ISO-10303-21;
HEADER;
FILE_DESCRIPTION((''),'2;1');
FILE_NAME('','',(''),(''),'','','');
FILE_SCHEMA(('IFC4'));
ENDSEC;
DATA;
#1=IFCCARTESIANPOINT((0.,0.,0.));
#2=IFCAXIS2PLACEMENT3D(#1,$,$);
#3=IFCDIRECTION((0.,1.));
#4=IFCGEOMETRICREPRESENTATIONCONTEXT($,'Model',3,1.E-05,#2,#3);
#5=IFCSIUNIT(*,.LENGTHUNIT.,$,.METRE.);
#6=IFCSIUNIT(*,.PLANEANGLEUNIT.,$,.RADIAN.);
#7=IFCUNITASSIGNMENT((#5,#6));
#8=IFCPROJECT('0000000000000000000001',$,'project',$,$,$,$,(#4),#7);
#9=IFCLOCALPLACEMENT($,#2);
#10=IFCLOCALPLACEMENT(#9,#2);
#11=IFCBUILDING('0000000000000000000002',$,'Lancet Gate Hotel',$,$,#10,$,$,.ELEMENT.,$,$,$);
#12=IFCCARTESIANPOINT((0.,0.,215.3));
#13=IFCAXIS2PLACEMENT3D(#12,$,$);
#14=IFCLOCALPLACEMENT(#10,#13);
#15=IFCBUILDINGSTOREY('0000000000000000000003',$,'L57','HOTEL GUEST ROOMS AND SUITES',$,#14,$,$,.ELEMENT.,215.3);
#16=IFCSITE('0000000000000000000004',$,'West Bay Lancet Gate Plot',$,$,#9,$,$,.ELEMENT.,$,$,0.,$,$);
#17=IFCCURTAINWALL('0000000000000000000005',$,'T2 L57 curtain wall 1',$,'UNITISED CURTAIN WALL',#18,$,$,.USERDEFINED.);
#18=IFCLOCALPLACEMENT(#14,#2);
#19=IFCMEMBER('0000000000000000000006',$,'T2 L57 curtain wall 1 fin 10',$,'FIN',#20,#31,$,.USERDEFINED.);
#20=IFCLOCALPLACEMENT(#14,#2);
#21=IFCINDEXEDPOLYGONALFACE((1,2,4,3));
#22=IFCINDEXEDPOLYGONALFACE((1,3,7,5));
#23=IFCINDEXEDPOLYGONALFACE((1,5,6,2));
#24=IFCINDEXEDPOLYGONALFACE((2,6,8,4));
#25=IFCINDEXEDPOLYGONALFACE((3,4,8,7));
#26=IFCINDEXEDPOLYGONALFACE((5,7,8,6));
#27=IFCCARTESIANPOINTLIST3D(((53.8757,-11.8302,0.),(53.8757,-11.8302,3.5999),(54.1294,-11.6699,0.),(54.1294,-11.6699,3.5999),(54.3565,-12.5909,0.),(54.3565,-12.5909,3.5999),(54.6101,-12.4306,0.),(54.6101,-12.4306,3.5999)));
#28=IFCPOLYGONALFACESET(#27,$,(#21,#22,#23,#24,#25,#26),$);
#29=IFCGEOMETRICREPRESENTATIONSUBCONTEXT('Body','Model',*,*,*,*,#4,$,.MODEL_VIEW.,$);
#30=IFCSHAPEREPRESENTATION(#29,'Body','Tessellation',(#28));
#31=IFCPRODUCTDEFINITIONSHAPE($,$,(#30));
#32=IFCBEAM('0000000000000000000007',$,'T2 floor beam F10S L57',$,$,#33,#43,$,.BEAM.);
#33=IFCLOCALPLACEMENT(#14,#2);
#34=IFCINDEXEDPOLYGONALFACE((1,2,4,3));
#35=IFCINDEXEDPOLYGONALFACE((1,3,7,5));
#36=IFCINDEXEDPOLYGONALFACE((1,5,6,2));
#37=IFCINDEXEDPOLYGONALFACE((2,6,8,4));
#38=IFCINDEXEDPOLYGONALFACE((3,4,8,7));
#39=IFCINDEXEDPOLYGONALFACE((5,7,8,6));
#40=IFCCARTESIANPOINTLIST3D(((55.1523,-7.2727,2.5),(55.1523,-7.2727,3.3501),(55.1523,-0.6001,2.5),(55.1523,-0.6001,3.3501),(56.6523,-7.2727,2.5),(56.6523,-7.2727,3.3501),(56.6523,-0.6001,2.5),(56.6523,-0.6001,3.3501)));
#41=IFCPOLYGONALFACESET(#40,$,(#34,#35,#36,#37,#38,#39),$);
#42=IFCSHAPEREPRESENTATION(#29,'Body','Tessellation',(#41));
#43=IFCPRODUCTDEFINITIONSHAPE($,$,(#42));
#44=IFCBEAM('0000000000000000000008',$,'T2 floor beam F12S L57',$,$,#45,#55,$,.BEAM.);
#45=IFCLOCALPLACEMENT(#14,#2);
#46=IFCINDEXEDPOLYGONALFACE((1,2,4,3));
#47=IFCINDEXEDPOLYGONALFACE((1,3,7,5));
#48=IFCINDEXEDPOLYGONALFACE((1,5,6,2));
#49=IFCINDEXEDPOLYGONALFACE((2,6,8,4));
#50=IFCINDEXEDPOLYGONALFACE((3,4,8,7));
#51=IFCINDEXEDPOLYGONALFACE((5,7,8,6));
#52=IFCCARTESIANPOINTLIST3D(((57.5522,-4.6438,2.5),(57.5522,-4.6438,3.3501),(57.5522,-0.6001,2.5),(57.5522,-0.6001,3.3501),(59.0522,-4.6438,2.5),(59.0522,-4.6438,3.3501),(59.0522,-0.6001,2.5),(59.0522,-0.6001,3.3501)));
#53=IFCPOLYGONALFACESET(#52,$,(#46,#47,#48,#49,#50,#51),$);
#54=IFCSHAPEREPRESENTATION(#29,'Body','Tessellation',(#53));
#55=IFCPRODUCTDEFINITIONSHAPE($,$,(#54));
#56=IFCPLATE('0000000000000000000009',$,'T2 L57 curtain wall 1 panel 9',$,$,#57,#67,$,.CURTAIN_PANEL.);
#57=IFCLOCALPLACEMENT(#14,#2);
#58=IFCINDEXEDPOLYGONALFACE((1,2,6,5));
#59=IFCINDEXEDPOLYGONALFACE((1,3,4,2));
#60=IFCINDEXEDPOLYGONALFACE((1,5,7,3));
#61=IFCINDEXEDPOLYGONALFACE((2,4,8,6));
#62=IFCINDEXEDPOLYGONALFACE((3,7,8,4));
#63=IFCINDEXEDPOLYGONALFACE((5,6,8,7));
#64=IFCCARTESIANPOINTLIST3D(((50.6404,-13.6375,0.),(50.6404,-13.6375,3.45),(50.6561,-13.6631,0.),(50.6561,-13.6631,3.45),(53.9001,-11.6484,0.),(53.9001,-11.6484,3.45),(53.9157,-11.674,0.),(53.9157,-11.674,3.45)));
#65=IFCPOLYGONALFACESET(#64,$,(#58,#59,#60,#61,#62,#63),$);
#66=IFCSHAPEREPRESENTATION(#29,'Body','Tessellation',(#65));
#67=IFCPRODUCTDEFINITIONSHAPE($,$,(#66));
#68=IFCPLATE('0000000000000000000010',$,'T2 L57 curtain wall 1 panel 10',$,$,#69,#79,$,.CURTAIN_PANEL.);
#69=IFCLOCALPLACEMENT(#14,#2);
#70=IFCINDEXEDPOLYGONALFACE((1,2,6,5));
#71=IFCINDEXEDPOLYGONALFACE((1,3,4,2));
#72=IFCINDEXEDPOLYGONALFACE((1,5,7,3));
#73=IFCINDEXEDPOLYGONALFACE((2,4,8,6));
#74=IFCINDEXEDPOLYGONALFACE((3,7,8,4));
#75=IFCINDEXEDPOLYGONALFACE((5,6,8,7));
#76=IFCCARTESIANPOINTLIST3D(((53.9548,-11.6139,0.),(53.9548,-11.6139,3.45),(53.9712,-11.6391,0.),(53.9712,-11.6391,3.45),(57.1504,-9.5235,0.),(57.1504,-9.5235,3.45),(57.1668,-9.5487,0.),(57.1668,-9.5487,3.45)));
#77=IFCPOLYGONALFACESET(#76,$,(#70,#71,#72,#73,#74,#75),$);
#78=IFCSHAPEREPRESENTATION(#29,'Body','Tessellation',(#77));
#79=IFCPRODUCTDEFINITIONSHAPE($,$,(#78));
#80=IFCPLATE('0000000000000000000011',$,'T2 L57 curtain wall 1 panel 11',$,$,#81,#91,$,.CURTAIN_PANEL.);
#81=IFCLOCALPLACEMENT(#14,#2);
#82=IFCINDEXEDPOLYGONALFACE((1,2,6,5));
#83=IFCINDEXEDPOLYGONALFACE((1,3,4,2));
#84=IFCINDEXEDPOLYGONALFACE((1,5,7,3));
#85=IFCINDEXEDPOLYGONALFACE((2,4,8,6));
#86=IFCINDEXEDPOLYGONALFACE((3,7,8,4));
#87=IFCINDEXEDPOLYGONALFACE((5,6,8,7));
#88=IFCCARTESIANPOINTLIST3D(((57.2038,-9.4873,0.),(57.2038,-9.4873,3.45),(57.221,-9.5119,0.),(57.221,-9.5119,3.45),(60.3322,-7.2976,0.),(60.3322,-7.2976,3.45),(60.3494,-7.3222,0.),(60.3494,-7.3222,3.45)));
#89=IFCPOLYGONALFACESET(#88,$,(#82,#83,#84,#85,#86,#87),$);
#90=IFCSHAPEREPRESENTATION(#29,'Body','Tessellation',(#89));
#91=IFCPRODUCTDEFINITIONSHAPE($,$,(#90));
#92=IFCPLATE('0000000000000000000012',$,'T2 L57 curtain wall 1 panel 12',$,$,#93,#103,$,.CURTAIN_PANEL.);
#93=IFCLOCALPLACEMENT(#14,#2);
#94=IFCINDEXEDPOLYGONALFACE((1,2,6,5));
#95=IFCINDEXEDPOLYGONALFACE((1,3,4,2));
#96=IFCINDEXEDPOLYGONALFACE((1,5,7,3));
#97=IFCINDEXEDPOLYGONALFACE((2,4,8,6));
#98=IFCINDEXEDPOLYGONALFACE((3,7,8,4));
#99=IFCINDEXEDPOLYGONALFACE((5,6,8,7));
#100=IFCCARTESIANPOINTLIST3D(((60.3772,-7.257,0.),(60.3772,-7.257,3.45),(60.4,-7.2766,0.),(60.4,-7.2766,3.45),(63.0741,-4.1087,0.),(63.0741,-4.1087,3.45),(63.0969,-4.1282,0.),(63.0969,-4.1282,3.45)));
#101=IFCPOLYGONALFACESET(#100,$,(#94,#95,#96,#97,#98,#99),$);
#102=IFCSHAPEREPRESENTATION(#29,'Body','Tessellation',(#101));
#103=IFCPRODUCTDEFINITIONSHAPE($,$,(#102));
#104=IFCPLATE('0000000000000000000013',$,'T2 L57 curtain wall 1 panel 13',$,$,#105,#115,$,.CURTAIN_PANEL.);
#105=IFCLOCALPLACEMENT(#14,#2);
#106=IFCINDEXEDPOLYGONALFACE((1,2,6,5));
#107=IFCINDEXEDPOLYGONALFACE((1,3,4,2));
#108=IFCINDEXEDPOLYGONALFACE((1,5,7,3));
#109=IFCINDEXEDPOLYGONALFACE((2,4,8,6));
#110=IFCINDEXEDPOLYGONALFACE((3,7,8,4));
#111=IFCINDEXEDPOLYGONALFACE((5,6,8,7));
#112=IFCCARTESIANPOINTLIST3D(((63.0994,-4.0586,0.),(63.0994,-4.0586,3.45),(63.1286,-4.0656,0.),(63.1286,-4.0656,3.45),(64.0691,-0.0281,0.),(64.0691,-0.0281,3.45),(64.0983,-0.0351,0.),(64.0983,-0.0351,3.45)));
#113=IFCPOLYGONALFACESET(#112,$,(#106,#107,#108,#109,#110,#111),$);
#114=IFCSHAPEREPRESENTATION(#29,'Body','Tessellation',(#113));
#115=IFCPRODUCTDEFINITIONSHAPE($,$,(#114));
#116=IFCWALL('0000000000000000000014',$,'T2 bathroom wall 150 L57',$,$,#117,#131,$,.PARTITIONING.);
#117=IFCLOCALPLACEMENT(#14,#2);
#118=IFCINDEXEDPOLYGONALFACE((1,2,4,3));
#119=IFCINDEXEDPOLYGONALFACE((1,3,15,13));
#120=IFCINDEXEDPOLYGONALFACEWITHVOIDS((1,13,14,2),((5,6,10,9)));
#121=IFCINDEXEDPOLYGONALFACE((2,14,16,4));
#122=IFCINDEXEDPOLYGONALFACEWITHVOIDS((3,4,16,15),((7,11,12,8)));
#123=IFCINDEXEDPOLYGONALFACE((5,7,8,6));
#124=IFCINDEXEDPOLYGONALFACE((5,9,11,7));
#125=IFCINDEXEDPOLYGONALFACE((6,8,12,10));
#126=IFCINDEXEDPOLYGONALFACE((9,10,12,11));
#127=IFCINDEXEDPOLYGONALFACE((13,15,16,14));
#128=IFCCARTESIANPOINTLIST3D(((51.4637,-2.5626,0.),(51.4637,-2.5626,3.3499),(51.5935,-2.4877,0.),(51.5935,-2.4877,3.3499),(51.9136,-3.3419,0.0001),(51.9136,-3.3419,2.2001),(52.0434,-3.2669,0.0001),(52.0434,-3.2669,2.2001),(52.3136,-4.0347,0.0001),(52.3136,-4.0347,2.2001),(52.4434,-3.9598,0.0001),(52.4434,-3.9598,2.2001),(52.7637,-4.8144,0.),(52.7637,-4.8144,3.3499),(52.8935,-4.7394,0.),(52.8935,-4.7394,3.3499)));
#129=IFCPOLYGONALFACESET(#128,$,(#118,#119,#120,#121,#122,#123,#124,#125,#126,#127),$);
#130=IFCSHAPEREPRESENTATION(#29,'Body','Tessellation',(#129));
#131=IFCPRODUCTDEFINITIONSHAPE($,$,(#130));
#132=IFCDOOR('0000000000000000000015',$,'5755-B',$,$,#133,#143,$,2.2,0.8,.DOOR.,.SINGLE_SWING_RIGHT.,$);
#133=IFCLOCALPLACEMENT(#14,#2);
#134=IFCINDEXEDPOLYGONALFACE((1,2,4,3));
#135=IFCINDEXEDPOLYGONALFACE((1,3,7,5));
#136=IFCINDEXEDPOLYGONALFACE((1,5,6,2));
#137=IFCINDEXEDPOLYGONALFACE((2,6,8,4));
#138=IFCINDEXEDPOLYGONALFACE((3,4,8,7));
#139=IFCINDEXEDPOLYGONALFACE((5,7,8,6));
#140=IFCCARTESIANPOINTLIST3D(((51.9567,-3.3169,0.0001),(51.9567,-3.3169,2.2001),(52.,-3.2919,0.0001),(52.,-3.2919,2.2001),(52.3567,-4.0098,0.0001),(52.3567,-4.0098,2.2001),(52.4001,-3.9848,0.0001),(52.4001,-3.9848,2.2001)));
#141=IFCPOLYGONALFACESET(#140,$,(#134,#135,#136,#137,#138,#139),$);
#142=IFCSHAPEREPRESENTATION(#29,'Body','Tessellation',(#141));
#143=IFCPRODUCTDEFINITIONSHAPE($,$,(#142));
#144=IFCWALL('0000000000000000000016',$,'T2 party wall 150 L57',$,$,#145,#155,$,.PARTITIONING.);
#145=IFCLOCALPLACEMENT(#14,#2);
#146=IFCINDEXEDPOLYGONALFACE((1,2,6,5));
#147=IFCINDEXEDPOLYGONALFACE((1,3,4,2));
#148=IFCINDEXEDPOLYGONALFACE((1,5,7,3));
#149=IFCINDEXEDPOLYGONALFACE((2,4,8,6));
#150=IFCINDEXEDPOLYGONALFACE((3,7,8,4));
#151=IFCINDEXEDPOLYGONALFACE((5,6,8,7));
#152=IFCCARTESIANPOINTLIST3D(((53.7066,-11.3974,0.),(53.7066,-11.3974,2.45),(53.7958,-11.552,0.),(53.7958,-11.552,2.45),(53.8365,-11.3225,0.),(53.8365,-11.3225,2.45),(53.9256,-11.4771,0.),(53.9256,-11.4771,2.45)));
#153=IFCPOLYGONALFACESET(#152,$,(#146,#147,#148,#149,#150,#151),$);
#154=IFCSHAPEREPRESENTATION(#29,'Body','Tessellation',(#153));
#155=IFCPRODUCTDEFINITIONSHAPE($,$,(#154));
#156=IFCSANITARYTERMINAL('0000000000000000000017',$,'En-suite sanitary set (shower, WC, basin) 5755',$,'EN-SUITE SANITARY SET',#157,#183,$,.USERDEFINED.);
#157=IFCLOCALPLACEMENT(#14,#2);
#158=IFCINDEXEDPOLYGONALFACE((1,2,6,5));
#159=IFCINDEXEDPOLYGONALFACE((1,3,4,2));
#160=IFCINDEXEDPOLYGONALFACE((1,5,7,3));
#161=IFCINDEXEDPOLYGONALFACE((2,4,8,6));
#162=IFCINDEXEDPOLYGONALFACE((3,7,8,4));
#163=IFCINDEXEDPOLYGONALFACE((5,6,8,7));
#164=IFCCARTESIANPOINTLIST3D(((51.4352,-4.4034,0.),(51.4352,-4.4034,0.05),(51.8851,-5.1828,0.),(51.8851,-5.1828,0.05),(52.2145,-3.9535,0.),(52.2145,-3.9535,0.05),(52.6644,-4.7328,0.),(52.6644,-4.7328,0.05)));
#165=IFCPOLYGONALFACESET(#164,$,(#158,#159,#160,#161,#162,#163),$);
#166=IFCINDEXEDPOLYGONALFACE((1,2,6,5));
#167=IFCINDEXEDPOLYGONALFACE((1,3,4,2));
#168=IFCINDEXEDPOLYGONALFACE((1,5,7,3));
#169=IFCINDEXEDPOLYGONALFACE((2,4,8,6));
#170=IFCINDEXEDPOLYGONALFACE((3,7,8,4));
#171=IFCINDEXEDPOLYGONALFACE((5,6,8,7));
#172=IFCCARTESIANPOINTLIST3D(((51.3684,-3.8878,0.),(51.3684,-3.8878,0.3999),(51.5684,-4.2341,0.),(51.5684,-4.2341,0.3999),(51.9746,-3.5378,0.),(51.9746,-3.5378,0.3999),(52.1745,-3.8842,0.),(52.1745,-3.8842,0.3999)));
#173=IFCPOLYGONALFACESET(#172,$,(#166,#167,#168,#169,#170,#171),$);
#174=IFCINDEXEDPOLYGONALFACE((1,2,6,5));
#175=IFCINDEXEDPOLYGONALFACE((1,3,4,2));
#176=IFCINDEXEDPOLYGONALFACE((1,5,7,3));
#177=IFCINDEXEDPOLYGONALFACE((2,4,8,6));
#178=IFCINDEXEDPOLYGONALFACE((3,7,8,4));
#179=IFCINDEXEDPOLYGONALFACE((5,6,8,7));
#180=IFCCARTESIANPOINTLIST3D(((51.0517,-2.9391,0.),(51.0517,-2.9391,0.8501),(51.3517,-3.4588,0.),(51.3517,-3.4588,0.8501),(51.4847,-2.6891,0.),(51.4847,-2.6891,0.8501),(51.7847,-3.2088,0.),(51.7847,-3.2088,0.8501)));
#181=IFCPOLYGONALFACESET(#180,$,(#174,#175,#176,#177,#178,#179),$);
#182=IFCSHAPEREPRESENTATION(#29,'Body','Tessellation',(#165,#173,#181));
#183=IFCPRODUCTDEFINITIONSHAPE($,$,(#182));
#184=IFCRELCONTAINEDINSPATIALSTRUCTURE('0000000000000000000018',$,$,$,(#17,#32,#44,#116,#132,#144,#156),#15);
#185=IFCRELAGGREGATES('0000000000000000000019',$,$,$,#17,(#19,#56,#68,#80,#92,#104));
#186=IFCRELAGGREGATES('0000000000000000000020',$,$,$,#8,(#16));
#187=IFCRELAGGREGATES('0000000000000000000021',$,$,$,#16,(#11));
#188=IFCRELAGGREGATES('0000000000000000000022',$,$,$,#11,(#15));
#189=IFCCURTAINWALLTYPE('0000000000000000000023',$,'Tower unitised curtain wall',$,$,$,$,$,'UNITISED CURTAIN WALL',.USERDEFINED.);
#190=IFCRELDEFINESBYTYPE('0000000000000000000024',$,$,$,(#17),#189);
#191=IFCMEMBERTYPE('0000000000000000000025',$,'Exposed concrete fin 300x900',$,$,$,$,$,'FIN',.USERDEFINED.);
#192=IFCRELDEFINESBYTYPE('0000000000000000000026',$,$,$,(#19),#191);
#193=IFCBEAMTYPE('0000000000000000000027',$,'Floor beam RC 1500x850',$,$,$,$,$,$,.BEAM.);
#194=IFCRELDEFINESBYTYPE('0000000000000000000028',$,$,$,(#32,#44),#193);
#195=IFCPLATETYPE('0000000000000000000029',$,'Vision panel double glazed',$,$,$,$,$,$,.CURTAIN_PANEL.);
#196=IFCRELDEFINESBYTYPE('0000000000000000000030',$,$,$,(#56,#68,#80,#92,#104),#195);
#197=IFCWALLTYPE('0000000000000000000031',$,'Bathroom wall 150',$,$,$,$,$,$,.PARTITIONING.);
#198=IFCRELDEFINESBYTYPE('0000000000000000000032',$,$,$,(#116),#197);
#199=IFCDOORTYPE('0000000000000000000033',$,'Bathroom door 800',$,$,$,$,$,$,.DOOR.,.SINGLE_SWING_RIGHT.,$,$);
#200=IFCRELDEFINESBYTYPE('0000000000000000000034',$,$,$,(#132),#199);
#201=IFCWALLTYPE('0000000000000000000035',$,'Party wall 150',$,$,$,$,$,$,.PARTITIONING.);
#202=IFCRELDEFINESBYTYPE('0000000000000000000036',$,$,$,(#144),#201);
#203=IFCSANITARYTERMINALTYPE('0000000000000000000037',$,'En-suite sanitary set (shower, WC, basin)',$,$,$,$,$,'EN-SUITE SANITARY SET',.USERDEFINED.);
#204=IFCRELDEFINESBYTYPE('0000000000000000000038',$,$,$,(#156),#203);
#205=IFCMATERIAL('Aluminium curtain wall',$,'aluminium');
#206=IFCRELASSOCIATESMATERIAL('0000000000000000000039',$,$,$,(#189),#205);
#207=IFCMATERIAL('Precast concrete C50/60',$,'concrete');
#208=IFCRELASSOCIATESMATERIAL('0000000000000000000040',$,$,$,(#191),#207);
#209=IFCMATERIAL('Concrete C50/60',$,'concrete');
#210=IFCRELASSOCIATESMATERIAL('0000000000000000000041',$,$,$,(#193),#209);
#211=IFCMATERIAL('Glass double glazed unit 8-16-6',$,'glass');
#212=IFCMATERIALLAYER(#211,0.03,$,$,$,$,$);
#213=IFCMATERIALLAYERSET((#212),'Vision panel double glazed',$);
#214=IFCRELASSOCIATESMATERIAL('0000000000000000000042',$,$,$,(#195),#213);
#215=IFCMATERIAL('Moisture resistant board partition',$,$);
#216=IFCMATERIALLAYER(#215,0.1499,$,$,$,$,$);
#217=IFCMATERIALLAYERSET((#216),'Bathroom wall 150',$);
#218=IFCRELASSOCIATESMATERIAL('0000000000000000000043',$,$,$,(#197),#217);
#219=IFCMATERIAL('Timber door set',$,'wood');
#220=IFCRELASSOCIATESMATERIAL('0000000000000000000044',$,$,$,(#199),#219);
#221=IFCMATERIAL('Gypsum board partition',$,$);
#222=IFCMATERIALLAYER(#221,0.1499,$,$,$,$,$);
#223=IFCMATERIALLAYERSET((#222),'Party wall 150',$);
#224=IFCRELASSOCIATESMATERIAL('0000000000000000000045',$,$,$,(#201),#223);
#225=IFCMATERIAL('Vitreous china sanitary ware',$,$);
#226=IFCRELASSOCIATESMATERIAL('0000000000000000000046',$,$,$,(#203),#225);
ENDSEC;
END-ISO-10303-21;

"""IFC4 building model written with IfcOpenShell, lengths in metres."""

from ifc_helpers import new_model, si_unit, direction, frame, frame_2d, origin, origin_2d, place, context, subcontext, project, spatial, rectangle, extrude, material, layer, layer_set, material_profile, profile_set, type_object, element, fill, aggregate, save


model = new_model("IFC4")

# Units and contexts
model_context = context("Model", 3, precision=1e-05, world=origin(), true_north=direction((0.0, 1.0)))
body_context = subcontext(model_context, "Body", "Model", "MODEL_VIEW")
ifc_project = project(units=[si_unit("LENGTHUNIT", "METRE"), si_unit("PLANEANGLEUNIT", "RADIAN")], contexts=[model_context])

# Site, building, storey
site_placement = place(None, origin())
site = spatial("IfcSite", under=ifc_project, at=site_placement, Name="West Bay Lancet Gate Plot", CompositionType="ELEMENT", RefElevation=0.0)
building_placement = place(site_placement, origin())
building = spatial("IfcBuilding", under=site, at=building_placement, Name="Lancet Gate Hotel", CompositionType="ELEMENT")
storey_placement = place(building_placement, frame((0.0, 0.0, 215.3)))
storey = spatial("IfcBuildingStorey", under=building, at=storey_placement, Name="L57", Description="HOTEL GUEST ROOMS AND SUITES", CompositionType="ELEMENT", Elevation=215.3)

# Curtain wall
ifc_material_1 = material(Name="Aluminium curtain wall", Category="aluminium")
curtain_wall_type = type_object("IfcCurtainWallType", Name="Tower unitised curtain wall", ElementType="UNITISED CURTAIN WALL", PredefinedType="USERDEFINED", material=ifc_material_1)
curtain_wall_placement = place(storey_placement, origin())
curtain_wall = element("IfcCurtainWall", 1, at=curtain_wall_placement, inside=storey, type_object=curtain_wall_type, Name="T2 L57 curtain wall 1", ObjectType="UNITISED CURTAIN WALL", PredefinedType="USERDEFINED")

# Member
ifc_material_2 = material(Name="Precast concrete C50/60", Category="concrete")
ifc_material_profile_1 = material_profile(ifc_material_2, rectangle(XDim=0.3, YDim=0.8999, at=origin_2d()), Name="FIN 300x900")
ifc_profile_set_1 = profile_set([ifc_material_profile_1], Name="Precast concrete C50/60")
member_type_1 = type_object("IfcMemberType", Name="Exposed concrete fin 300x900", ElementType="FIN", PredefinedType="USERDEFINED", material=ifc_profile_set_1)
member_1_placement = place(storey_placement, frame((54.2429, -12.1304, 0.0), z_axis=(0.0, 0.0, 1.0), x_axis=(0.84534, 0.534229, 0.0)))
member_1 = element("IfcMember", 2, at=member_1_placement, type_object=member_type_1, Name="T2 L57 curtain wall 1 fin 10", ObjectType="FIN", PredefinedType="USERDEFINED", context=body_context, shape_type="SweptSolid", body=[
    extrude(rectangle(XDim=0.3, YDim=0.8999, at=origin_2d()), origin(), (0.0, 0.0, 1.0), 3.5999),
])

# Beams
ifc_material_3 = material(Name="Concrete C50/60", Category="concrete")
ifc_material_profile_2 = material_profile(ifc_material_3, rectangle(XDim=1.5, YDim=0.8501, at=origin_2d()), Name="RC 1500x850")
ifc_profile_set_2 = profile_set([ifc_material_profile_2], Name="Concrete C50/60")
beam_type_1 = type_object("IfcBeamType", Name="Floor beam RC 1500x850", PredefinedType="BEAM", material=ifc_profile_set_2)
beam_1_placement = place(storey_placement, frame((55.9023, -7.2727, 2.925), z_axis=(0.0, 1.0, 0.0), x_axis=(-1.0, 0.0, 0.0)))
element("IfcBeam", 3, at=beam_1_placement, inside=storey, type_object=beam_type_1, Name="T2 floor beam F10S L57", PredefinedType="BEAM", context=body_context, shape_type="SweptSolid", body=[
    extrude(rectangle(XDim=1.5, YDim=0.8501, at=origin_2d()), origin(), (0.0, 0.0, 1.0), 6.6726),
])
beam_2_placement = place(storey_placement, frame((58.3022, -4.6438, 2.925), z_axis=(0.0, 1.0, 0.0), x_axis=(-1.0, 0.0, 0.0)))
element("IfcBeam", 4, at=beam_2_placement, inside=storey, type_object=beam_type_1, Name="T2 floor beam F12S L57", PredefinedType="BEAM", context=body_context, shape_type="SweptSolid", body=[
    extrude(rectangle(XDim=1.5, YDim=0.8501, at=origin_2d()), origin(), (0.0, 0.0, 1.0), 4.0437),
])

# Plates
ifc_material_4 = material(Name="Glass double glazed unit 8-16-6", Category="glass")
ifc_layer_1 = layer(ifc_material_4, 0.03)
ifc_layer_set_1 = layer_set([ifc_layer_1], Name="Vision panel double glazed")
plate_type = type_object("IfcPlateType", Name="Vision panel double glazed", PredefinedType="CURTAIN_PANEL", material=ifc_layer_set_1)
plate_1_placement = place(storey_placement, frame((52.2781, -12.6558, 0.0), z_axis=(0.0, 0.0, 1.0), x_axis=(0.853621, 0.520895, 0.0)))
plate_1 = element("IfcPlate", 5, at=plate_1_placement, type_object=plate_type, Name="T2 L57 curtain wall 1 panel 9", PredefinedType="CURTAIN_PANEL", context=body_context, shape_type="SweptSolid", body=[
    extrude(rectangle(XDim=3.8186, YDim=0.03, at=origin_2d()), origin(), (0.0, 0.0, 1.0), 3.45),
])
plate_2_placement = place(storey_placement, frame((55.5608, -10.5813, 0.0), z_axis=(0.0, 0.0, 1.0), x_axis=(0.83685, 0.547432, 0.0)))
plate_2 = element("IfcPlate", 6, at=plate_2_placement, type_object=plate_type, Name="T2 L57 curtain wall 1 panel 10", PredefinedType="CURTAIN_PANEL", context=body_context, shape_type="SweptSolid", body=[
    extrude(rectangle(XDim=3.8186, YDim=0.03, at=origin_2d()), origin(), (0.0, 0.0, 1.0), 3.45),
])
plate_3_placement = place(storey_placement, frame((58.7766, -8.4048, 0.0), z_axis=(0.0, 0.0, 1.0), x_axis=(0.819255, 0.573429, 0.0)))
plate_3 = element("IfcPlate", 7, at=plate_3_placement, type_object=plate_type, Name="T2 L57 curtain wall 1 panel 11", PredefinedType="CURTAIN_PANEL", context=body_context, shape_type="SweptSolid", body=[
    extrude(rectangle(XDim=3.8186, YDim=0.03, at=origin_2d()), origin(), (0.0, 0.0, 1.0), 3.45),
])
plate_4_placement = place(storey_placement, frame((61.7371, -5.6926, 0.0), z_axis=(0.0, 0.0, 1.0), x_axis=(0.650552, 0.759462, 0.0)))
plate_4 = element("IfcPlate", 8, at=plate_4_placement, type_object=plate_type, Name="T2 L57 curtain wall 1 panel 12", PredefinedType="CURTAIN_PANEL", context=body_context, shape_type="SweptSolid", body=[
    extrude(rectangle(XDim=4.1455, YDim=0.03, at=origin_2d()), origin(), (0.0, 0.0, 1.0), 3.45),
])
plate_5_placement = place(storey_placement, frame((63.5989, -2.0469, 0.0), z_axis=(0.0, 0.0, 1.0), x_axis=(0.233916, 0.972257, 0.0)))
plate_5 = element("IfcPlate", 9, at=plate_5_placement, type_object=plate_type, Name="T2 L57 curtain wall 1 panel 13", PredefinedType="CURTAIN_PANEL", context=body_context, shape_type="SweptSolid", body=[
    extrude(rectangle(XDim=4.1455, YDim=0.03, at=origin_2d()), origin(), (0.0, 0.0, 1.0), 3.45),
])
aggregate(curtain_wall, [member_1, plate_1, plate_2, plate_3, plate_4, plate_5])

# Wall, opening, door
ifc_material_5 = material(Name="Moisture resistant board partition")
ifc_layer_2 = layer(ifc_material_5, 0.1499)
ifc_layer_set_2 = layer_set([ifc_layer_2], Name="Bathroom wall 150")
wall_type_1 = type_object("IfcWallType", Name="Bathroom wall 150", PredefinedType="PARTITIONING", material=ifc_layer_set_2)
wall_1_placement = place(storey_placement, frame((51.5286, -2.5251, 0.0), z_axis=(0.0, 0.0, 1.0), x_axis=(0.500007, -0.866021, 0.0)))
wall_1 = element("IfcWall", 10, at=wall_1_placement, inside=storey, type_object=wall_type_1, Name="T2 bathroom wall 150 L57", PredefinedType="PARTITIONING", context=body_context, shape_type="SweptSolid", body=[
    extrude(rectangle(XDim=2.6001, YDim=0.1499, at=frame_2d((1.3, 0.0))), origin(), (0.0, 0.0, 1.0), 3.3499),
])
opening_placement = place(wall_1_placement, frame((0.8999, 0.0, 0.0)))
opening = element("IfcOpeningElement", 11, at=opening_placement, cuts=wall_1, PredefinedType="OPENING", context=body_context, shape_type="SweptSolid", body=[
    extrude(rectangle(XDim=0.8, YDim=2.2, at=frame_2d((0.3999, 1.1001))), frame((0.0, 0.085, 0.0), z_axis=(0.0, -1.0, 0.0), x_axis=(1.0, 0.0, 0.0)), (0.0, 0.0, 1.0), 0.1699),
])
ifc_material_6 = material(Name="Timber door set", Category="wood")
door_type = type_object("IfcDoorType", Name="Bathroom door 800", OperationType="SINGLE_SWING_RIGHT", PredefinedType="DOOR", material=ifc_material_6)
door_placement = place(opening_placement, origin())
door = element("IfcDoor", 12, at=door_placement, inside=storey, type_object=door_type, Name="5755-B", OperationType="SINGLE_SWING_RIGHT", OverallHeight=2.2, OverallWidth=0.8, PredefinedType="DOOR", context=body_context, shape_type="SweptSolid", body=[
    extrude(rectangle(XDim=0.8, YDim=2.2, at=frame_2d((0.3999, 1.1001))), frame((0.0, 0.0249, 0.0), z_axis=(0.0, -1.0, 0.0), x_axis=(1.0, 0.0, 0.0)), (0.0, 0.0, 1.0), 0.05),
])
fill(opening, door)

# Wall
ifc_material_7 = material(Name="Gypsum board partition")
ifc_layer_3 = layer(ifc_material_7, 0.1499)
ifc_layer_set_3 = layer_set([ifc_layer_3], Name="Party wall 150")
wall_type_2 = type_object("IfcWallType", Name="Party wall 150", PredefinedType="PARTITIONING", material=ifc_layer_set_3)
wall_2_placement = place(storey_placement, frame((53.7715, -11.3599, 0.0), z_axis=(0.0, 0.0, 1.0), x_axis=(0.499525, -0.866299, 0.0)))
element("IfcWall", 13, at=wall_2_placement, inside=storey, type_object=wall_type_2, Name="T2 party wall 150 L57", PredefinedType="PARTITIONING", context=body_context, shape_type="SweptSolid", body=[
    extrude(rectangle(XDim=0.1785, YDim=0.1499, at=frame_2d((0.0894, 0.0))), origin(), (0.0, 0.0, 1.0), 2.45),
])

# Sanitary terminal
ifc_material_8 = material(Name="Vitreous china sanitary ware")
sanitary_terminal_type = type_object("IfcSanitaryTerminalType", Name="En-suite sanitary set (shower, WC, basin)", ElementType="EN-SUITE SANITARY SET", PredefinedType="USERDEFINED", material=ifc_material_8)
sanitary_terminal_placement = place(storey_placement, frame((52.0498, -4.5681, 0.0), z_axis=(0.0, 0.0, 1.0), x_axis=(1.0, 0.0, 0.0)))
element("IfcSanitaryTerminal", 14, at=sanitary_terminal_placement, inside=storey, type_object=sanitary_terminal_type, Name="En-suite sanitary set (shower, WC, basin) 5755", ObjectType="EN-SUITE SANITARY SET", PredefinedType="USERDEFINED", context=body_context, shape_type="SweptSolid", body=[
    extrude(rectangle(XDim=0.8999, YDim=0.8999, at=origin_2d()), frame((0.0, 0.0, 0.0), z_axis=(0.0, 0.0, 1.0), x_axis=(0.5, -0.866025, 0.0)), (0.0, 0.0, 1.0), 0.05),
    extrude(rectangle(XDim=0.3999, YDim=0.7, at=origin_2d()), frame((-0.2783, 0.6821, 0.0), z_axis=(0.0, 0.0, 1.0), x_axis=(0.5, -0.866025, 0.0)), (0.0, 0.0, 1.0), 0.3999),
    extrude(rectangle(XDim=0.6001, YDim=0.5, at=origin_2d()), frame((-0.6316, 1.4941, 0.0), z_axis=(0.0, 0.0, 1.0), x_axis=(0.5, -0.866025, 0.0)), (0.0, 0.0, 1.0), 0.8501),
])

save(model, "model.ifc")
